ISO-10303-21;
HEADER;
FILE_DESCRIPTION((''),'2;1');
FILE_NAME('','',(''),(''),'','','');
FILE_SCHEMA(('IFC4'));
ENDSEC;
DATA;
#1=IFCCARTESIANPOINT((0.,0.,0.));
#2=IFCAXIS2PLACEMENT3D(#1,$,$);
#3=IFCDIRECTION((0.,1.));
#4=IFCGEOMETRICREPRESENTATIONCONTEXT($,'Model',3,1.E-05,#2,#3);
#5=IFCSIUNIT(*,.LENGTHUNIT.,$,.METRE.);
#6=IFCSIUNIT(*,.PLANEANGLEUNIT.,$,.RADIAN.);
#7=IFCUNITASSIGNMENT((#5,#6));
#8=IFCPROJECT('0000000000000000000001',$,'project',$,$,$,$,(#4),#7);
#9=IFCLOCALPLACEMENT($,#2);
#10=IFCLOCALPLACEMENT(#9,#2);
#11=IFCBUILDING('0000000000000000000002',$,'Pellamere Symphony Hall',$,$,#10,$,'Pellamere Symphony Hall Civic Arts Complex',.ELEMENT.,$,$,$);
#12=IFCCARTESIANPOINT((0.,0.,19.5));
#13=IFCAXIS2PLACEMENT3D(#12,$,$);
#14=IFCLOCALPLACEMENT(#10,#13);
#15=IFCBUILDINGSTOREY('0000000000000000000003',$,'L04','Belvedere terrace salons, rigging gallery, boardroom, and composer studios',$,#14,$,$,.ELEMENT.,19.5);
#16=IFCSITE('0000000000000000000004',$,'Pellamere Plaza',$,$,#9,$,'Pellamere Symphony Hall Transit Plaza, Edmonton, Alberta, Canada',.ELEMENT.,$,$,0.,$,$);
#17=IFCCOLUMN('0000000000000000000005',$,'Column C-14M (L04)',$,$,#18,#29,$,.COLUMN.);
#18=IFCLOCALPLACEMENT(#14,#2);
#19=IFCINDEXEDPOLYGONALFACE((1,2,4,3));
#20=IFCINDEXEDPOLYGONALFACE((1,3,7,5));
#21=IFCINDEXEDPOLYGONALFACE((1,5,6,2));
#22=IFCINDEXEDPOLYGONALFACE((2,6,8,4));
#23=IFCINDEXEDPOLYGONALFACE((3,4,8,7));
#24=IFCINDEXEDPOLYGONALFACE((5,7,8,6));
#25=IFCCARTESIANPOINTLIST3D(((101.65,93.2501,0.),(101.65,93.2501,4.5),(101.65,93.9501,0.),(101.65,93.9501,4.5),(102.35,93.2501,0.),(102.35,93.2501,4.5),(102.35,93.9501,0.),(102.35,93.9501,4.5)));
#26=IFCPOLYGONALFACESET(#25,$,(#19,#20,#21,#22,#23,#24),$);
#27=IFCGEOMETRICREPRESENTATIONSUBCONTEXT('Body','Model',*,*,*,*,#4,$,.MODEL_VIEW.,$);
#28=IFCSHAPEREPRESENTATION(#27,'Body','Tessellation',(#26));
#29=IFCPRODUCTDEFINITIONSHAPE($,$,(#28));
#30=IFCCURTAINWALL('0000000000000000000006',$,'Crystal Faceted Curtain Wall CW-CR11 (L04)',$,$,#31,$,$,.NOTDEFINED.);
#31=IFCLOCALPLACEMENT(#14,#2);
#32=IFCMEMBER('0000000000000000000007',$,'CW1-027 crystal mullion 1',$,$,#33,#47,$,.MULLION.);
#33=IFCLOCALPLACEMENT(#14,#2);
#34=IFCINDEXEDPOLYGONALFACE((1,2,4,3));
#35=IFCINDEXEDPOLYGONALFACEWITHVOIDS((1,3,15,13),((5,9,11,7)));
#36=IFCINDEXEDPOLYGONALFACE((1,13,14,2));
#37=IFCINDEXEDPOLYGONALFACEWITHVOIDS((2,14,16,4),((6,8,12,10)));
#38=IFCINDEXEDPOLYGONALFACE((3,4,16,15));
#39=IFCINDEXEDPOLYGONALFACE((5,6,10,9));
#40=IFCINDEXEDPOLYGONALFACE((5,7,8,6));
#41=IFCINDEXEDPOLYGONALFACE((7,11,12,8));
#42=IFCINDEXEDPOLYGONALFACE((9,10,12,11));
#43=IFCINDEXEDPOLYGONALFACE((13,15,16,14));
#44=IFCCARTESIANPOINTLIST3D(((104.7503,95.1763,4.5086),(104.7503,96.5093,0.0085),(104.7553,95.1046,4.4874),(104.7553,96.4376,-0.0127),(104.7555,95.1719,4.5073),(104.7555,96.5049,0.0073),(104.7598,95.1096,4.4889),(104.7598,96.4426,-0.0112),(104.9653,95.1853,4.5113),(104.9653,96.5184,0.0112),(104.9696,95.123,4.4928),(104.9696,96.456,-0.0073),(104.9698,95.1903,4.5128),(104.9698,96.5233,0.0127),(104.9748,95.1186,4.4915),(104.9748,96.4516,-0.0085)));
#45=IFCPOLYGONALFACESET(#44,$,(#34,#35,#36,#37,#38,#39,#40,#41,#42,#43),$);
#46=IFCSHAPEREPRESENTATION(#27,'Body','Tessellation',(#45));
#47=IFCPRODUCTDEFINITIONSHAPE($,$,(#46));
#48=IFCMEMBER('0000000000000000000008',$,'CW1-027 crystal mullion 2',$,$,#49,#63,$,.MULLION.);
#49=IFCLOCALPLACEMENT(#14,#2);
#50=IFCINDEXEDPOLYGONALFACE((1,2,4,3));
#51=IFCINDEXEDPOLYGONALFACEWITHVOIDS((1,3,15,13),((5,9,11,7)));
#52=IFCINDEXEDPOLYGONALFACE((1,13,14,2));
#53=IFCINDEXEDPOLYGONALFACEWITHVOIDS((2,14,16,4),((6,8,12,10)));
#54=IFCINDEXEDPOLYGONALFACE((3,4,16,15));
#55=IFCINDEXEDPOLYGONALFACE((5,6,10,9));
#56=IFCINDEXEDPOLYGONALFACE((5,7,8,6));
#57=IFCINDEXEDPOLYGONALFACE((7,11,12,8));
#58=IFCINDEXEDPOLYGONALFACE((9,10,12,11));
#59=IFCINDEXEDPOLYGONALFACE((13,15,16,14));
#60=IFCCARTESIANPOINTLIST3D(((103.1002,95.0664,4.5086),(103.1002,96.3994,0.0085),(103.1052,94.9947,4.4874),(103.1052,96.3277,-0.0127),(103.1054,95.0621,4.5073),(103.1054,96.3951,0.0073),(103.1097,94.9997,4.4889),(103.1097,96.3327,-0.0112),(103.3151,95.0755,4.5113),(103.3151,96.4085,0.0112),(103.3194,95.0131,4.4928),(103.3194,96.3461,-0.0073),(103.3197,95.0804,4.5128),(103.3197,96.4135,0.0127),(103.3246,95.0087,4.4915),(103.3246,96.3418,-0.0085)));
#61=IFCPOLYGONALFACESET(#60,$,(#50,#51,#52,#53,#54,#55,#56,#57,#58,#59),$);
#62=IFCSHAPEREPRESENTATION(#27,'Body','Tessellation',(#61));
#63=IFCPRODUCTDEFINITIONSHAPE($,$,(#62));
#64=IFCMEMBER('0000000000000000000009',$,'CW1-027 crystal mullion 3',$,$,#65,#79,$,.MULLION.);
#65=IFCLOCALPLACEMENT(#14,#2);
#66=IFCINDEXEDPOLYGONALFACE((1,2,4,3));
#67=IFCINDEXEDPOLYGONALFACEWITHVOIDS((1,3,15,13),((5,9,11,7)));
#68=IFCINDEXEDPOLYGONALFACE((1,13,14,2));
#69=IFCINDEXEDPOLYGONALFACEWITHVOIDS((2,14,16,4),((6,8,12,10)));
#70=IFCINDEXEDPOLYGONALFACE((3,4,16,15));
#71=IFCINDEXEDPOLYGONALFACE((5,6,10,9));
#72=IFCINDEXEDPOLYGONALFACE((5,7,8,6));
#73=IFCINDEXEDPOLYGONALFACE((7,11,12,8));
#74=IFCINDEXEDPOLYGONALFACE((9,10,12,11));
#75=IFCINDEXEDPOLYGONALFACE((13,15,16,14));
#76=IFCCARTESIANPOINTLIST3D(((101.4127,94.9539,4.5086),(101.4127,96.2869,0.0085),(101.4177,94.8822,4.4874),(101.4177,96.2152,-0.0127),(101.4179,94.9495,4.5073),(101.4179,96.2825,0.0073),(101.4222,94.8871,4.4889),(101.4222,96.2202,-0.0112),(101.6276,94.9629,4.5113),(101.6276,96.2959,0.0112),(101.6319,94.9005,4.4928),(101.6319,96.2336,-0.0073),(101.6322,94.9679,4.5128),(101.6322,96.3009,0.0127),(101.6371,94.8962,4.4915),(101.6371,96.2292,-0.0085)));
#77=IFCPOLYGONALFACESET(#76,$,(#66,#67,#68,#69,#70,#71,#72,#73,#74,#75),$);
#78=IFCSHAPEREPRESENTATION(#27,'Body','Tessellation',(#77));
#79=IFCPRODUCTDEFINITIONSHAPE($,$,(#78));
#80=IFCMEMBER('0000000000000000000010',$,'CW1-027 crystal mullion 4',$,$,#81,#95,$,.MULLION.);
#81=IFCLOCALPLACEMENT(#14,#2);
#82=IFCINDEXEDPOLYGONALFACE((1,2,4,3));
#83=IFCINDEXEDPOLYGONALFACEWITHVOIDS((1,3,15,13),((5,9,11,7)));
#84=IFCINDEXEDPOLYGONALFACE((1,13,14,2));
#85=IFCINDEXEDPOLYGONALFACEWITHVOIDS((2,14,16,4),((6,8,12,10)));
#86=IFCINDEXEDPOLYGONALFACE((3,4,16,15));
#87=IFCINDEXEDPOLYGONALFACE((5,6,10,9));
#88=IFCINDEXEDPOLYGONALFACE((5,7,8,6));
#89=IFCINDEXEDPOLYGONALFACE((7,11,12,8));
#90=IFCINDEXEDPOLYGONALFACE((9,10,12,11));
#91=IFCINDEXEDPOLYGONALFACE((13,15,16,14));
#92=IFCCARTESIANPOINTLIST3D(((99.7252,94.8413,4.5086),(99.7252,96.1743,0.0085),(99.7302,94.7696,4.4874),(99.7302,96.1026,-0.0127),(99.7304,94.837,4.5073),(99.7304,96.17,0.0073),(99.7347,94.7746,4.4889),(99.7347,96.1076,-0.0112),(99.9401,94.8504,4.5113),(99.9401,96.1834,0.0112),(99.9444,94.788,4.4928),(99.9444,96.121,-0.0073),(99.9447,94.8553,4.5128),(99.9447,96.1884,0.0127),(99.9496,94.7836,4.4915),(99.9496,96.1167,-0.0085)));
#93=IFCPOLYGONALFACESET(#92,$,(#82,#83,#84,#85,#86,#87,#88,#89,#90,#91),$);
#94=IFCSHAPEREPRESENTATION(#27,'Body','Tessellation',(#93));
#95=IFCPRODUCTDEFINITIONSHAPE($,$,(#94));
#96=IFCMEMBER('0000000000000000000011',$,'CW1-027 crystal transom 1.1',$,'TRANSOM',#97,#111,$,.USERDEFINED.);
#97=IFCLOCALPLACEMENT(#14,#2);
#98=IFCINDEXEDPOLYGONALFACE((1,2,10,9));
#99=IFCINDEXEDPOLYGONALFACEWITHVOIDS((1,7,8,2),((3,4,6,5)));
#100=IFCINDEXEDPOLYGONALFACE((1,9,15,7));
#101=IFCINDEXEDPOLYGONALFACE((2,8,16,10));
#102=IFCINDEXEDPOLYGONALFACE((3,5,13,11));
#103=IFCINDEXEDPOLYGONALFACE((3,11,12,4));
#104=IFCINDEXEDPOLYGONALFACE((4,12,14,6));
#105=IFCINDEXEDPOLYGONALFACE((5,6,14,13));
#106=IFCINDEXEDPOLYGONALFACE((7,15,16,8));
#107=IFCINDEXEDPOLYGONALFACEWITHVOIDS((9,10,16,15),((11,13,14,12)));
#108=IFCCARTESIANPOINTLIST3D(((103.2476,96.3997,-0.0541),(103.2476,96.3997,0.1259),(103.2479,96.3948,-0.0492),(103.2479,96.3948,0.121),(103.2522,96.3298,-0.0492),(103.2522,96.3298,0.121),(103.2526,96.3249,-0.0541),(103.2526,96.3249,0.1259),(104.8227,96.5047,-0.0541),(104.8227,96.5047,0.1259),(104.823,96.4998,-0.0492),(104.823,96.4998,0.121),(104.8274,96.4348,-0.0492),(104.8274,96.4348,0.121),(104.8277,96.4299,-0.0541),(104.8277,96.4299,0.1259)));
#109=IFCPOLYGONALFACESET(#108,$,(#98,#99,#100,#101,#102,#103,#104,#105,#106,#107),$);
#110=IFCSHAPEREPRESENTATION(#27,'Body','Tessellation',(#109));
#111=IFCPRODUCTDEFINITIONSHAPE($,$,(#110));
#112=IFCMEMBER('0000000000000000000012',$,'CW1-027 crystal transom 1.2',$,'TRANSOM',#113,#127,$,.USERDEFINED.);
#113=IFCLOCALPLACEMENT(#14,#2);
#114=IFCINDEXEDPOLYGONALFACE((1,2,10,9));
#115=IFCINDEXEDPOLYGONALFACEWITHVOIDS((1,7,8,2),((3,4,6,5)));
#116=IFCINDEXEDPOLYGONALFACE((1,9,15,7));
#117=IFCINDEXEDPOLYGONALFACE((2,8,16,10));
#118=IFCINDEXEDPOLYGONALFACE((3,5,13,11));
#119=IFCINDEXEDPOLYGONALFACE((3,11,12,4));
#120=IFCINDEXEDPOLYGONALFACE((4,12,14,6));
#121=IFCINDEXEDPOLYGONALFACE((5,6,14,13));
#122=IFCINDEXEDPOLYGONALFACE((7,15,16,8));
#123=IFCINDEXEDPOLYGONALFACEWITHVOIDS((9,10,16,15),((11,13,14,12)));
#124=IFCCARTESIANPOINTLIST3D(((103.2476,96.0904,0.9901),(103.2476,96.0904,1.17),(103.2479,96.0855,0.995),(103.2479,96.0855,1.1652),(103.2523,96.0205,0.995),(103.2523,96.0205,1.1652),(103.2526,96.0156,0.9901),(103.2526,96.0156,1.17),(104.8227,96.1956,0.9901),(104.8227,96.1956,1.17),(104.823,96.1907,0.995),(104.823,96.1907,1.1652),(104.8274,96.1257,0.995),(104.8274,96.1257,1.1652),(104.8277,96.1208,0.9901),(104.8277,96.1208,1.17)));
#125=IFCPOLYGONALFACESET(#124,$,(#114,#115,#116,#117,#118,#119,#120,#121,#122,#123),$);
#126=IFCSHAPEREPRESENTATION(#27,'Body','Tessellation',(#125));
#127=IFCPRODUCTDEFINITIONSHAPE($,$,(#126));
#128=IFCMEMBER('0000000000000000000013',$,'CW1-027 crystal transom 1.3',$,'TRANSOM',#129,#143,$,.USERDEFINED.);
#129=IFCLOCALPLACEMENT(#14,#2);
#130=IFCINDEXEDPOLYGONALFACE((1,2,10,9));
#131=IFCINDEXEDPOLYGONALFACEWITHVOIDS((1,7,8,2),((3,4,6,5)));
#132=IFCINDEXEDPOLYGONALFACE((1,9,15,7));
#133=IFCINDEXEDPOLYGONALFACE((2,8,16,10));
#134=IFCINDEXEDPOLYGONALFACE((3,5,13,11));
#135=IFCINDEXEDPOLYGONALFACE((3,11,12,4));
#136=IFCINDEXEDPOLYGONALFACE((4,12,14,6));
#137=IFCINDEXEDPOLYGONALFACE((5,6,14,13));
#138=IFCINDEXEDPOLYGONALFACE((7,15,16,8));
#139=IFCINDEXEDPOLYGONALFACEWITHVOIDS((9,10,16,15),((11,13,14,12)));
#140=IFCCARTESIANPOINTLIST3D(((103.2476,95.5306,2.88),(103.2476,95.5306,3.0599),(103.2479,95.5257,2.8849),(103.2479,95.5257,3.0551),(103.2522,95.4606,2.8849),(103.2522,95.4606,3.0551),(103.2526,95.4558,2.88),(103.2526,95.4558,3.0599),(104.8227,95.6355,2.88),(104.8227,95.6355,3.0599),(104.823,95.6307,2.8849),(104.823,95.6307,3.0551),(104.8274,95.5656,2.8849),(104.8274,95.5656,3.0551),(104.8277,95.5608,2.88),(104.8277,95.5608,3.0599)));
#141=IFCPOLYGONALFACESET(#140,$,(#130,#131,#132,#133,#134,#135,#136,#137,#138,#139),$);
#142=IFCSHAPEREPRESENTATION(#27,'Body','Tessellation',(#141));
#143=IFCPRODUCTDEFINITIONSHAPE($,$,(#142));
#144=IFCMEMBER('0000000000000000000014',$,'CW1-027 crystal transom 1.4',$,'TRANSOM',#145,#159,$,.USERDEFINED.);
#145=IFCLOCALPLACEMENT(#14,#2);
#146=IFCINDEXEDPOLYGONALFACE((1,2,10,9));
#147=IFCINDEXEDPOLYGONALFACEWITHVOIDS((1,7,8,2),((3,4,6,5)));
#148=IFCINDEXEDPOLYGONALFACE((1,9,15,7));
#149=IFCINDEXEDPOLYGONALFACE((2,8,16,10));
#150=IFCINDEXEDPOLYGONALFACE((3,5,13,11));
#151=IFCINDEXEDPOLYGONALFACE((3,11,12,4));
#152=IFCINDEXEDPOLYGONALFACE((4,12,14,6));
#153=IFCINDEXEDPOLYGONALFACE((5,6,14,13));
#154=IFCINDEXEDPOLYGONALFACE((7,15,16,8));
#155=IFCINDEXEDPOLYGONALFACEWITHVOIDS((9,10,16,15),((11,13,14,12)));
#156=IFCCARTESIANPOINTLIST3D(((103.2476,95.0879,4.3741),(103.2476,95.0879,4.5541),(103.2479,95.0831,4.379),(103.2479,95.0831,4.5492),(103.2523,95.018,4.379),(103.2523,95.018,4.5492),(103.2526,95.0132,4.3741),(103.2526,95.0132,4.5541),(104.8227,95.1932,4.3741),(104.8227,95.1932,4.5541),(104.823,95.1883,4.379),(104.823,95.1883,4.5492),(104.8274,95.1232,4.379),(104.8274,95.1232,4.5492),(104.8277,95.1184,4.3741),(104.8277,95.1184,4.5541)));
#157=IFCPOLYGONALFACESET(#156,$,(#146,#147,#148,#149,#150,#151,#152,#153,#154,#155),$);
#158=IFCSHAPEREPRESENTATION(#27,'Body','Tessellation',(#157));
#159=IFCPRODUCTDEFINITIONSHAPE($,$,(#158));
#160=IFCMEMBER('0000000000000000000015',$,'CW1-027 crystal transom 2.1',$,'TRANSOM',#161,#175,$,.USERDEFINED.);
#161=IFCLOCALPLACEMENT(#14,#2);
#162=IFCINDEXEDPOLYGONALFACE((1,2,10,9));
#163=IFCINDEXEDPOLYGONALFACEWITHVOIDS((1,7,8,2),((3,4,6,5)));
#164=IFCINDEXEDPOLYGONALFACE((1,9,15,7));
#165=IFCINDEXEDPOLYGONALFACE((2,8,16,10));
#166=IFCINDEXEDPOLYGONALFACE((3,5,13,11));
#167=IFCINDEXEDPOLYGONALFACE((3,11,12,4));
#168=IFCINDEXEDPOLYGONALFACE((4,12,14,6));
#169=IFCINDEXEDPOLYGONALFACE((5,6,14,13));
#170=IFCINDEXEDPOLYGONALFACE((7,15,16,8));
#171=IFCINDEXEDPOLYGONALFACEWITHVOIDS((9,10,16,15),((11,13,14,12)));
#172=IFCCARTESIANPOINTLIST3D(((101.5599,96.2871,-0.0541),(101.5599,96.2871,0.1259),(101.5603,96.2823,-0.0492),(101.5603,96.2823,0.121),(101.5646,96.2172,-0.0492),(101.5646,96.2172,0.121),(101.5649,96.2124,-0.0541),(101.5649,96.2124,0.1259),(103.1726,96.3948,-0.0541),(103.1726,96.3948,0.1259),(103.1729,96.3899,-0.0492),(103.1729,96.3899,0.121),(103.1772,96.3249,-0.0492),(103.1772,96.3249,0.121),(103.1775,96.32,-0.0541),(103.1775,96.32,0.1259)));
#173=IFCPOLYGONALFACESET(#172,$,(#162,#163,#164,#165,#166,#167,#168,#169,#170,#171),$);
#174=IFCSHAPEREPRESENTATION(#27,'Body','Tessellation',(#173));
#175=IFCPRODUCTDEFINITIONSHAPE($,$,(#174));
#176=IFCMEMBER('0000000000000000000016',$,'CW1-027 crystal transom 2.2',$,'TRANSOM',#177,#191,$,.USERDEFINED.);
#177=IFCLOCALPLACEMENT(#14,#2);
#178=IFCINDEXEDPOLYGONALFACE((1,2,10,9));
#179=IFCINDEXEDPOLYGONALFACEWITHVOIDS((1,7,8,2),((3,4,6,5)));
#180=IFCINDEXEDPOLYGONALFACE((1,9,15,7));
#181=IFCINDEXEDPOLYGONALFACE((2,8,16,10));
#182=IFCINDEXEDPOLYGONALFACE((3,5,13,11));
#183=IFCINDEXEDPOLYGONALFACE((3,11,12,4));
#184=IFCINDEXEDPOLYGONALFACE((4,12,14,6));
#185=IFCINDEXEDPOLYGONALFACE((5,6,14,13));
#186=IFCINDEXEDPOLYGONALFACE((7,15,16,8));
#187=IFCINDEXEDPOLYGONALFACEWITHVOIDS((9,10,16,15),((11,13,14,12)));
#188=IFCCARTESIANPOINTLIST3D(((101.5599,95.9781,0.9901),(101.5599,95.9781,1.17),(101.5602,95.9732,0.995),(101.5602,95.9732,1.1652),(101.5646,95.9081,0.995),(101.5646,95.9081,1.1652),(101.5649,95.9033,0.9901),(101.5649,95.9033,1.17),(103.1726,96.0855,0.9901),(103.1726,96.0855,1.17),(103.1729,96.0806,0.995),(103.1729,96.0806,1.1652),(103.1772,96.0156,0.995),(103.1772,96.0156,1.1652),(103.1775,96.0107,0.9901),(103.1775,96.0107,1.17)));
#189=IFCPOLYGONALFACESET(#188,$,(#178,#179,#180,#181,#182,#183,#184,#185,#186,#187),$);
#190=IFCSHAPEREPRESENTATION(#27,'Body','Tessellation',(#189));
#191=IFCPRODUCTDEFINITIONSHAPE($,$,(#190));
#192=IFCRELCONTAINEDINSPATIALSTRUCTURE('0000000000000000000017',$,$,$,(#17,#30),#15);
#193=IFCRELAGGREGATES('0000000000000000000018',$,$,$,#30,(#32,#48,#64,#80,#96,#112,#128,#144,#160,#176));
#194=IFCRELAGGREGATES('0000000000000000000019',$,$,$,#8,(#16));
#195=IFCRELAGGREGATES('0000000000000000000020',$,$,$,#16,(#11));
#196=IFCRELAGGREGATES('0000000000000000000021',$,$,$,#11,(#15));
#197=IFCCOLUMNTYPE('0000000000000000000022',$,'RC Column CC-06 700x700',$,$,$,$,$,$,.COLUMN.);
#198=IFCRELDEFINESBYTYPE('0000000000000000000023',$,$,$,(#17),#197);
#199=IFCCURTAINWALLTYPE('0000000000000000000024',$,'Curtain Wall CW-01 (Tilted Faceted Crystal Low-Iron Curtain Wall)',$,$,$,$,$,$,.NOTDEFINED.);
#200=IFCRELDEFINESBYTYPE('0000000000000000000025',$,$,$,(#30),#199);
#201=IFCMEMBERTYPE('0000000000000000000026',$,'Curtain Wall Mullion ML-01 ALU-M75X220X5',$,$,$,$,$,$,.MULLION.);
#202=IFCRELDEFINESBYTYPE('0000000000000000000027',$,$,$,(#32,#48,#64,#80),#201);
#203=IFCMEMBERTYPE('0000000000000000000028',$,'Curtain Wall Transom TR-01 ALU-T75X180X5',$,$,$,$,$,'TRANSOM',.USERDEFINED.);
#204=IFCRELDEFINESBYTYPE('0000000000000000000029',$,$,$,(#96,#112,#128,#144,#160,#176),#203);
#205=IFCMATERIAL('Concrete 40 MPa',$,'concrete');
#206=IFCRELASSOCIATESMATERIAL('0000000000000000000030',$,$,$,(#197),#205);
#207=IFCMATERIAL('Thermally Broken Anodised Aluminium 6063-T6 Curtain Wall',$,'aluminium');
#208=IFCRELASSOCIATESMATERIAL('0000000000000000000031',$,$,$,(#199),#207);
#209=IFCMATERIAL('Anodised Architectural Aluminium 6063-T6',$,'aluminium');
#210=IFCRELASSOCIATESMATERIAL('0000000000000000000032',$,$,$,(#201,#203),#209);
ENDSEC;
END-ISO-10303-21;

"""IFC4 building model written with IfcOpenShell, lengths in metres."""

from ifc_helpers import new_model, si_unit, direction, frame, origin, origin_2d, place, context, subcontext, project, spatial, rectangle, hollow_rectangle, extrude, material, material_profile, profile_set, type_object, element, aggregate, save


model = new_model("IFC4")

# Units and contexts
model_context = context("Model", 3, precision=1e-05, world=origin(), true_north=direction((0.0, 1.0)))
body_context = subcontext(model_context, "Body", "Model", "MODEL_VIEW")
ifc_project = project(units=[si_unit("LENGTHUNIT", "METRE"), si_unit("PLANEANGLEUNIT", "RADIAN")], contexts=[model_context])

# Site, building, storey
site_placement = place(None, origin())
site = spatial("IfcSite", under=ifc_project, at=site_placement, Name="Pellamere Plaza", LongName="Pellamere Symphony Hall Transit Plaza, Edmonton, Alberta, Canada", CompositionType="ELEMENT", RefElevation=0.0)
building_placement = place(site_placement, origin())
building = spatial("IfcBuilding", under=site, at=building_placement, Name="Pellamere Symphony Hall", LongName="Pellamere Symphony Hall Civic Arts Complex", CompositionType="ELEMENT")
storey_placement = place(building_placement, frame((0.0, 0.0, 19.5)))
storey = spatial("IfcBuildingStorey", under=building, at=storey_placement, Name="L04", Description="Belvedere terrace salons, rigging gallery, boardroom, and composer studios", CompositionType="ELEMENT", Elevation=19.5)

# Column
ifc_material_1 = material(Name="Concrete 40 MPa", Category="concrete")
ifc_material_profile_1 = material_profile(ifc_material_1, rectangle(XDim=0.7, YDim=0.7, at=origin_2d()), Name="RC 700x700")
ifc_profile_set_1 = profile_set([ifc_material_profile_1], Name="Concrete 40 MPa")
column_type = type_object("IfcColumnType", Name="RC Column CC-06 700x700", PredefinedType="COLUMN", material=ifc_profile_set_1)
column_placement = place(storey_placement, frame((102.0, 93.6001, 0.0), z_axis=(0.0, 0.0, 1.0), x_axis=(1.0, 0.0, 0.0)))
element("IfcColumn", 1, at=column_placement, inside=storey, type_object=column_type, Name="Column C-14M (L04)", PredefinedType="COLUMN", context=body_context, shape_type="SweptSolid", body=[
    extrude(rectangle(XDim=0.7, YDim=0.7, at=origin_2d()), origin(), (0.0, 0.0, 1.0), 4.5),
])

# Curtain wall, members
ifc_material_2 = material(Name="Thermally Broken Anodised Aluminium 6063-T6 Curtain Wall", Category="aluminium")
curtain_wall_type = type_object("IfcCurtainWallType", Name="Curtain Wall CW-01 (Tilted Faceted Crystal Low-Iron Curtain Wall)", PredefinedType="NOTDEFINED", material=ifc_material_2)
curtain_wall_placement = place(storey_placement, origin())
curtain_wall = element("IfcCurtainWall", 2, at=curtain_wall_placement, inside=storey, type_object=curtain_wall_type, Name="Crystal Faceted Curtain Wall CW-CR11 (L04)", PredefinedType="NOTDEFINED")
ifc_material_3 = material(Name="Anodised Architectural Aluminium 6063-T6", Category="aluminium")
ifc_material_profile_2 = material_profile(ifc_material_3, hollow_rectangle(XDim=0.075, YDim=0.22, WallThickness=0.0049, at=origin_2d()), Name="ALU-M75X220X5")
ifc_profile_set_2 = profile_set([ifc_material_profile_2], Name="Anodised Architectural Aluminium 6063-T6")
member_type_1 = type_object("IfcMemberType", Name="Curtain Wall Mullion ML-01 ALU-M75X220X5", PredefinedType="MULLION", material=ifc_profile_set_2)
member_1_placement = place(storey_placement, frame((104.8625, 96.4805, 0.0), z_axis=(0.0, -0.284025, 0.958817), x_axis=(0.066519, -0.956693, -0.283395)))
member_1 = element("IfcMember", 3, at=member_1_placement, type_object=member_type_1, Name="CW1-027 crystal mullion 1", PredefinedType="MULLION", context=body_context, shape_type="SweptSolid", body=[
    extrude(hollow_rectangle(XDim=0.075, YDim=0.22, WallThickness=0.0049, at=origin_2d()), origin(), (0.0, 0.0, 1.0), 4.6934),
])
member_2_placement = place(storey_placement, frame((103.2124, 96.3706, 0.0), z_axis=(0.0, -0.284025, 0.958817), x_axis=(0.066519, -0.956693, -0.283395)))
member_2 = element("IfcMember", 4, at=member_2_placement, type_object=member_type_1, Name="CW1-027 crystal mullion 2", PredefinedType="MULLION", context=body_context, shape_type="SweptSolid", body=[
    extrude(hollow_rectangle(XDim=0.075, YDim=0.22, WallThickness=0.0049, at=origin_2d()), origin(), (0.0, 0.0, 1.0), 4.6934),
])
member_3_placement = place(storey_placement, frame((101.5249, 96.2581, 0.0), z_axis=(0.0, -0.284025, 0.958817), x_axis=(0.066519, -0.956693, -0.283395)))
member_3 = element("IfcMember", 5, at=member_3_placement, type_object=member_type_1, Name="CW1-027 crystal mullion 3", PredefinedType="MULLION", context=body_context, shape_type="SweptSolid", body=[
    extrude(hollow_rectangle(XDim=0.075, YDim=0.22, WallThickness=0.0049, at=origin_2d()), origin(), (0.0, 0.0, 1.0), 4.6934),
])
member_4_placement = place(storey_placement, frame((99.8374, 96.1455, 0.0), z_axis=(0.0, -0.284025, 0.958817), x_axis=(0.066519, -0.956693, -0.283395)))
member_4 = element("IfcMember", 6, at=member_4_placement, type_object=member_type_1, Name="CW1-027 crystal mullion 4", PredefinedType="MULLION", context=body_context, shape_type="SweptSolid", body=[
    extrude(hollow_rectangle(XDim=0.075, YDim=0.22, WallThickness=0.0049, at=origin_2d()), origin(), (0.0, 0.0, 1.0), 4.6934),
])
ifc_material_profile_3 = material_profile(ifc_material_3, hollow_rectangle(XDim=0.075, YDim=0.1799, WallThickness=0.0049, at=origin_2d()), Name="ALU-T75X180X5")
ifc_profile_set_3 = profile_set([ifc_material_profile_3], Name="Anodised Architectural Aluminium 6063-T6")
member_type_2 = type_object("IfcMemberType", Name="Curtain Wall Transom TR-01 ALU-T75X180X5", ElementType="TRANSOM", PredefinedType="USERDEFINED", material=ifc_profile_set_3)
member_5_placement = place(storey_placement, frame((104.8252, 96.4673, 0.0359), z_axis=(-0.997787, -0.066498, 0.0), x_axis=(0.066498, -0.997787, 0.0)))
member_5 = element("IfcMember", 7, at=member_5_placement, type_object=member_type_2, Name="CW1-027 crystal transom 1.1", ObjectType="TRANSOM", PredefinedType="USERDEFINED", context=body_context, shape_type="SweptSolid", body=[
    extrude(hollow_rectangle(XDim=0.075, YDim=0.1799, WallThickness=0.0049, at=origin_2d()), origin(), (0.0, 0.0, 1.0), 1.5786),
])
member_6_placement = place(storey_placement, frame((104.8252, 96.1582, 1.0801), z_axis=(-0.997776, -0.066652, 0.0), x_axis=(0.066652, -0.997776, 0.0)))
member_6 = element("IfcMember", 8, at=member_6_placement, type_object=member_type_2, Name="CW1-027 crystal transom 1.2", ObjectType="TRANSOM", PredefinedType="USERDEFINED", context=body_context, shape_type="SweptSolid", body=[
    extrude(hollow_rectangle(XDim=0.075, YDim=0.1799, WallThickness=0.0049, at=origin_2d()), origin(), (0.0, 0.0, 1.0), 1.5786),
])
member_7_placement = place(storey_placement, frame((104.8252, 95.5981, 2.97), z_axis=(-0.997787, -0.066498, 0.0), x_axis=(0.066498, -0.997787, 0.0)))
member_7 = element("IfcMember", 9, at=member_7_placement, type_object=member_type_2, Name="CW1-027 crystal transom 1.3", ObjectType="TRANSOM", PredefinedType="USERDEFINED", context=body_context, shape_type="SweptSolid", body=[
    extrude(hollow_rectangle(XDim=0.075, YDim=0.1799, WallThickness=0.0049, at=origin_2d()), origin(), (0.0, 0.0, 1.0), 1.5786),
])
member_8_placement = place(storey_placement, frame((104.8252, 95.1558, 4.4641), z_axis=(-0.997776, -0.066652, 0.0), x_axis=(0.066652, -0.997776, 0.0)))
member_8 = element("IfcMember", 10, at=member_8_placement, type_object=member_type_2, Name="CW1-027 crystal transom 1.4", ObjectType="TRANSOM", PredefinedType="USERDEFINED", context=body_context, shape_type="SweptSolid", body=[
    extrude(hollow_rectangle(XDim=0.075, YDim=0.1799, WallThickness=0.0049, at=origin_2d()), origin(), (0.0, 0.0, 1.0), 1.5786),
])
member_9_placement = place(storey_placement, frame((103.175, 96.3574, 0.0359), z_axis=(-0.997778, -0.066619, 0.0), x_axis=(0.066619, -0.997778, 0.0)))
member_9 = element("IfcMember", 11, at=member_9_placement, type_object=member_type_2, Name="CW1-027 crystal transom 2.1", ObjectType="TRANSOM", PredefinedType="USERDEFINED", context=body_context, shape_type="SweptSolid", body=[
    extrude(hollow_rectangle(XDim=0.075, YDim=0.1799, WallThickness=0.0049, at=origin_2d()), origin(), (0.0, 0.0, 1.0), 1.6162),
])
member_10_placement = place(storey_placement, frame((103.175, 96.0481, 1.0801), z_axis=(-0.997788, -0.066469, 0.0), x_axis=(0.066469, -0.997788, 0.0)))
member_10 = element("IfcMember", 12, at=member_10_placement, type_object=member_type_2, Name="CW1-027 crystal transom 2.2", ObjectType="TRANSOM", PredefinedType="USERDEFINED", context=body_context, shape_type="SweptSolid", body=[
    extrude(hollow_rectangle(XDim=0.075, YDim=0.1799, WallThickness=0.0049, at=origin_2d()), origin(), (0.0, 0.0, 1.0), 1.6162),
])

aggregate(curtain_wall, [member_1, member_2, member_3, member_4, member_5, member_6, member_7, member_8, member_9, member_10])

save(model, "model.ifc")
